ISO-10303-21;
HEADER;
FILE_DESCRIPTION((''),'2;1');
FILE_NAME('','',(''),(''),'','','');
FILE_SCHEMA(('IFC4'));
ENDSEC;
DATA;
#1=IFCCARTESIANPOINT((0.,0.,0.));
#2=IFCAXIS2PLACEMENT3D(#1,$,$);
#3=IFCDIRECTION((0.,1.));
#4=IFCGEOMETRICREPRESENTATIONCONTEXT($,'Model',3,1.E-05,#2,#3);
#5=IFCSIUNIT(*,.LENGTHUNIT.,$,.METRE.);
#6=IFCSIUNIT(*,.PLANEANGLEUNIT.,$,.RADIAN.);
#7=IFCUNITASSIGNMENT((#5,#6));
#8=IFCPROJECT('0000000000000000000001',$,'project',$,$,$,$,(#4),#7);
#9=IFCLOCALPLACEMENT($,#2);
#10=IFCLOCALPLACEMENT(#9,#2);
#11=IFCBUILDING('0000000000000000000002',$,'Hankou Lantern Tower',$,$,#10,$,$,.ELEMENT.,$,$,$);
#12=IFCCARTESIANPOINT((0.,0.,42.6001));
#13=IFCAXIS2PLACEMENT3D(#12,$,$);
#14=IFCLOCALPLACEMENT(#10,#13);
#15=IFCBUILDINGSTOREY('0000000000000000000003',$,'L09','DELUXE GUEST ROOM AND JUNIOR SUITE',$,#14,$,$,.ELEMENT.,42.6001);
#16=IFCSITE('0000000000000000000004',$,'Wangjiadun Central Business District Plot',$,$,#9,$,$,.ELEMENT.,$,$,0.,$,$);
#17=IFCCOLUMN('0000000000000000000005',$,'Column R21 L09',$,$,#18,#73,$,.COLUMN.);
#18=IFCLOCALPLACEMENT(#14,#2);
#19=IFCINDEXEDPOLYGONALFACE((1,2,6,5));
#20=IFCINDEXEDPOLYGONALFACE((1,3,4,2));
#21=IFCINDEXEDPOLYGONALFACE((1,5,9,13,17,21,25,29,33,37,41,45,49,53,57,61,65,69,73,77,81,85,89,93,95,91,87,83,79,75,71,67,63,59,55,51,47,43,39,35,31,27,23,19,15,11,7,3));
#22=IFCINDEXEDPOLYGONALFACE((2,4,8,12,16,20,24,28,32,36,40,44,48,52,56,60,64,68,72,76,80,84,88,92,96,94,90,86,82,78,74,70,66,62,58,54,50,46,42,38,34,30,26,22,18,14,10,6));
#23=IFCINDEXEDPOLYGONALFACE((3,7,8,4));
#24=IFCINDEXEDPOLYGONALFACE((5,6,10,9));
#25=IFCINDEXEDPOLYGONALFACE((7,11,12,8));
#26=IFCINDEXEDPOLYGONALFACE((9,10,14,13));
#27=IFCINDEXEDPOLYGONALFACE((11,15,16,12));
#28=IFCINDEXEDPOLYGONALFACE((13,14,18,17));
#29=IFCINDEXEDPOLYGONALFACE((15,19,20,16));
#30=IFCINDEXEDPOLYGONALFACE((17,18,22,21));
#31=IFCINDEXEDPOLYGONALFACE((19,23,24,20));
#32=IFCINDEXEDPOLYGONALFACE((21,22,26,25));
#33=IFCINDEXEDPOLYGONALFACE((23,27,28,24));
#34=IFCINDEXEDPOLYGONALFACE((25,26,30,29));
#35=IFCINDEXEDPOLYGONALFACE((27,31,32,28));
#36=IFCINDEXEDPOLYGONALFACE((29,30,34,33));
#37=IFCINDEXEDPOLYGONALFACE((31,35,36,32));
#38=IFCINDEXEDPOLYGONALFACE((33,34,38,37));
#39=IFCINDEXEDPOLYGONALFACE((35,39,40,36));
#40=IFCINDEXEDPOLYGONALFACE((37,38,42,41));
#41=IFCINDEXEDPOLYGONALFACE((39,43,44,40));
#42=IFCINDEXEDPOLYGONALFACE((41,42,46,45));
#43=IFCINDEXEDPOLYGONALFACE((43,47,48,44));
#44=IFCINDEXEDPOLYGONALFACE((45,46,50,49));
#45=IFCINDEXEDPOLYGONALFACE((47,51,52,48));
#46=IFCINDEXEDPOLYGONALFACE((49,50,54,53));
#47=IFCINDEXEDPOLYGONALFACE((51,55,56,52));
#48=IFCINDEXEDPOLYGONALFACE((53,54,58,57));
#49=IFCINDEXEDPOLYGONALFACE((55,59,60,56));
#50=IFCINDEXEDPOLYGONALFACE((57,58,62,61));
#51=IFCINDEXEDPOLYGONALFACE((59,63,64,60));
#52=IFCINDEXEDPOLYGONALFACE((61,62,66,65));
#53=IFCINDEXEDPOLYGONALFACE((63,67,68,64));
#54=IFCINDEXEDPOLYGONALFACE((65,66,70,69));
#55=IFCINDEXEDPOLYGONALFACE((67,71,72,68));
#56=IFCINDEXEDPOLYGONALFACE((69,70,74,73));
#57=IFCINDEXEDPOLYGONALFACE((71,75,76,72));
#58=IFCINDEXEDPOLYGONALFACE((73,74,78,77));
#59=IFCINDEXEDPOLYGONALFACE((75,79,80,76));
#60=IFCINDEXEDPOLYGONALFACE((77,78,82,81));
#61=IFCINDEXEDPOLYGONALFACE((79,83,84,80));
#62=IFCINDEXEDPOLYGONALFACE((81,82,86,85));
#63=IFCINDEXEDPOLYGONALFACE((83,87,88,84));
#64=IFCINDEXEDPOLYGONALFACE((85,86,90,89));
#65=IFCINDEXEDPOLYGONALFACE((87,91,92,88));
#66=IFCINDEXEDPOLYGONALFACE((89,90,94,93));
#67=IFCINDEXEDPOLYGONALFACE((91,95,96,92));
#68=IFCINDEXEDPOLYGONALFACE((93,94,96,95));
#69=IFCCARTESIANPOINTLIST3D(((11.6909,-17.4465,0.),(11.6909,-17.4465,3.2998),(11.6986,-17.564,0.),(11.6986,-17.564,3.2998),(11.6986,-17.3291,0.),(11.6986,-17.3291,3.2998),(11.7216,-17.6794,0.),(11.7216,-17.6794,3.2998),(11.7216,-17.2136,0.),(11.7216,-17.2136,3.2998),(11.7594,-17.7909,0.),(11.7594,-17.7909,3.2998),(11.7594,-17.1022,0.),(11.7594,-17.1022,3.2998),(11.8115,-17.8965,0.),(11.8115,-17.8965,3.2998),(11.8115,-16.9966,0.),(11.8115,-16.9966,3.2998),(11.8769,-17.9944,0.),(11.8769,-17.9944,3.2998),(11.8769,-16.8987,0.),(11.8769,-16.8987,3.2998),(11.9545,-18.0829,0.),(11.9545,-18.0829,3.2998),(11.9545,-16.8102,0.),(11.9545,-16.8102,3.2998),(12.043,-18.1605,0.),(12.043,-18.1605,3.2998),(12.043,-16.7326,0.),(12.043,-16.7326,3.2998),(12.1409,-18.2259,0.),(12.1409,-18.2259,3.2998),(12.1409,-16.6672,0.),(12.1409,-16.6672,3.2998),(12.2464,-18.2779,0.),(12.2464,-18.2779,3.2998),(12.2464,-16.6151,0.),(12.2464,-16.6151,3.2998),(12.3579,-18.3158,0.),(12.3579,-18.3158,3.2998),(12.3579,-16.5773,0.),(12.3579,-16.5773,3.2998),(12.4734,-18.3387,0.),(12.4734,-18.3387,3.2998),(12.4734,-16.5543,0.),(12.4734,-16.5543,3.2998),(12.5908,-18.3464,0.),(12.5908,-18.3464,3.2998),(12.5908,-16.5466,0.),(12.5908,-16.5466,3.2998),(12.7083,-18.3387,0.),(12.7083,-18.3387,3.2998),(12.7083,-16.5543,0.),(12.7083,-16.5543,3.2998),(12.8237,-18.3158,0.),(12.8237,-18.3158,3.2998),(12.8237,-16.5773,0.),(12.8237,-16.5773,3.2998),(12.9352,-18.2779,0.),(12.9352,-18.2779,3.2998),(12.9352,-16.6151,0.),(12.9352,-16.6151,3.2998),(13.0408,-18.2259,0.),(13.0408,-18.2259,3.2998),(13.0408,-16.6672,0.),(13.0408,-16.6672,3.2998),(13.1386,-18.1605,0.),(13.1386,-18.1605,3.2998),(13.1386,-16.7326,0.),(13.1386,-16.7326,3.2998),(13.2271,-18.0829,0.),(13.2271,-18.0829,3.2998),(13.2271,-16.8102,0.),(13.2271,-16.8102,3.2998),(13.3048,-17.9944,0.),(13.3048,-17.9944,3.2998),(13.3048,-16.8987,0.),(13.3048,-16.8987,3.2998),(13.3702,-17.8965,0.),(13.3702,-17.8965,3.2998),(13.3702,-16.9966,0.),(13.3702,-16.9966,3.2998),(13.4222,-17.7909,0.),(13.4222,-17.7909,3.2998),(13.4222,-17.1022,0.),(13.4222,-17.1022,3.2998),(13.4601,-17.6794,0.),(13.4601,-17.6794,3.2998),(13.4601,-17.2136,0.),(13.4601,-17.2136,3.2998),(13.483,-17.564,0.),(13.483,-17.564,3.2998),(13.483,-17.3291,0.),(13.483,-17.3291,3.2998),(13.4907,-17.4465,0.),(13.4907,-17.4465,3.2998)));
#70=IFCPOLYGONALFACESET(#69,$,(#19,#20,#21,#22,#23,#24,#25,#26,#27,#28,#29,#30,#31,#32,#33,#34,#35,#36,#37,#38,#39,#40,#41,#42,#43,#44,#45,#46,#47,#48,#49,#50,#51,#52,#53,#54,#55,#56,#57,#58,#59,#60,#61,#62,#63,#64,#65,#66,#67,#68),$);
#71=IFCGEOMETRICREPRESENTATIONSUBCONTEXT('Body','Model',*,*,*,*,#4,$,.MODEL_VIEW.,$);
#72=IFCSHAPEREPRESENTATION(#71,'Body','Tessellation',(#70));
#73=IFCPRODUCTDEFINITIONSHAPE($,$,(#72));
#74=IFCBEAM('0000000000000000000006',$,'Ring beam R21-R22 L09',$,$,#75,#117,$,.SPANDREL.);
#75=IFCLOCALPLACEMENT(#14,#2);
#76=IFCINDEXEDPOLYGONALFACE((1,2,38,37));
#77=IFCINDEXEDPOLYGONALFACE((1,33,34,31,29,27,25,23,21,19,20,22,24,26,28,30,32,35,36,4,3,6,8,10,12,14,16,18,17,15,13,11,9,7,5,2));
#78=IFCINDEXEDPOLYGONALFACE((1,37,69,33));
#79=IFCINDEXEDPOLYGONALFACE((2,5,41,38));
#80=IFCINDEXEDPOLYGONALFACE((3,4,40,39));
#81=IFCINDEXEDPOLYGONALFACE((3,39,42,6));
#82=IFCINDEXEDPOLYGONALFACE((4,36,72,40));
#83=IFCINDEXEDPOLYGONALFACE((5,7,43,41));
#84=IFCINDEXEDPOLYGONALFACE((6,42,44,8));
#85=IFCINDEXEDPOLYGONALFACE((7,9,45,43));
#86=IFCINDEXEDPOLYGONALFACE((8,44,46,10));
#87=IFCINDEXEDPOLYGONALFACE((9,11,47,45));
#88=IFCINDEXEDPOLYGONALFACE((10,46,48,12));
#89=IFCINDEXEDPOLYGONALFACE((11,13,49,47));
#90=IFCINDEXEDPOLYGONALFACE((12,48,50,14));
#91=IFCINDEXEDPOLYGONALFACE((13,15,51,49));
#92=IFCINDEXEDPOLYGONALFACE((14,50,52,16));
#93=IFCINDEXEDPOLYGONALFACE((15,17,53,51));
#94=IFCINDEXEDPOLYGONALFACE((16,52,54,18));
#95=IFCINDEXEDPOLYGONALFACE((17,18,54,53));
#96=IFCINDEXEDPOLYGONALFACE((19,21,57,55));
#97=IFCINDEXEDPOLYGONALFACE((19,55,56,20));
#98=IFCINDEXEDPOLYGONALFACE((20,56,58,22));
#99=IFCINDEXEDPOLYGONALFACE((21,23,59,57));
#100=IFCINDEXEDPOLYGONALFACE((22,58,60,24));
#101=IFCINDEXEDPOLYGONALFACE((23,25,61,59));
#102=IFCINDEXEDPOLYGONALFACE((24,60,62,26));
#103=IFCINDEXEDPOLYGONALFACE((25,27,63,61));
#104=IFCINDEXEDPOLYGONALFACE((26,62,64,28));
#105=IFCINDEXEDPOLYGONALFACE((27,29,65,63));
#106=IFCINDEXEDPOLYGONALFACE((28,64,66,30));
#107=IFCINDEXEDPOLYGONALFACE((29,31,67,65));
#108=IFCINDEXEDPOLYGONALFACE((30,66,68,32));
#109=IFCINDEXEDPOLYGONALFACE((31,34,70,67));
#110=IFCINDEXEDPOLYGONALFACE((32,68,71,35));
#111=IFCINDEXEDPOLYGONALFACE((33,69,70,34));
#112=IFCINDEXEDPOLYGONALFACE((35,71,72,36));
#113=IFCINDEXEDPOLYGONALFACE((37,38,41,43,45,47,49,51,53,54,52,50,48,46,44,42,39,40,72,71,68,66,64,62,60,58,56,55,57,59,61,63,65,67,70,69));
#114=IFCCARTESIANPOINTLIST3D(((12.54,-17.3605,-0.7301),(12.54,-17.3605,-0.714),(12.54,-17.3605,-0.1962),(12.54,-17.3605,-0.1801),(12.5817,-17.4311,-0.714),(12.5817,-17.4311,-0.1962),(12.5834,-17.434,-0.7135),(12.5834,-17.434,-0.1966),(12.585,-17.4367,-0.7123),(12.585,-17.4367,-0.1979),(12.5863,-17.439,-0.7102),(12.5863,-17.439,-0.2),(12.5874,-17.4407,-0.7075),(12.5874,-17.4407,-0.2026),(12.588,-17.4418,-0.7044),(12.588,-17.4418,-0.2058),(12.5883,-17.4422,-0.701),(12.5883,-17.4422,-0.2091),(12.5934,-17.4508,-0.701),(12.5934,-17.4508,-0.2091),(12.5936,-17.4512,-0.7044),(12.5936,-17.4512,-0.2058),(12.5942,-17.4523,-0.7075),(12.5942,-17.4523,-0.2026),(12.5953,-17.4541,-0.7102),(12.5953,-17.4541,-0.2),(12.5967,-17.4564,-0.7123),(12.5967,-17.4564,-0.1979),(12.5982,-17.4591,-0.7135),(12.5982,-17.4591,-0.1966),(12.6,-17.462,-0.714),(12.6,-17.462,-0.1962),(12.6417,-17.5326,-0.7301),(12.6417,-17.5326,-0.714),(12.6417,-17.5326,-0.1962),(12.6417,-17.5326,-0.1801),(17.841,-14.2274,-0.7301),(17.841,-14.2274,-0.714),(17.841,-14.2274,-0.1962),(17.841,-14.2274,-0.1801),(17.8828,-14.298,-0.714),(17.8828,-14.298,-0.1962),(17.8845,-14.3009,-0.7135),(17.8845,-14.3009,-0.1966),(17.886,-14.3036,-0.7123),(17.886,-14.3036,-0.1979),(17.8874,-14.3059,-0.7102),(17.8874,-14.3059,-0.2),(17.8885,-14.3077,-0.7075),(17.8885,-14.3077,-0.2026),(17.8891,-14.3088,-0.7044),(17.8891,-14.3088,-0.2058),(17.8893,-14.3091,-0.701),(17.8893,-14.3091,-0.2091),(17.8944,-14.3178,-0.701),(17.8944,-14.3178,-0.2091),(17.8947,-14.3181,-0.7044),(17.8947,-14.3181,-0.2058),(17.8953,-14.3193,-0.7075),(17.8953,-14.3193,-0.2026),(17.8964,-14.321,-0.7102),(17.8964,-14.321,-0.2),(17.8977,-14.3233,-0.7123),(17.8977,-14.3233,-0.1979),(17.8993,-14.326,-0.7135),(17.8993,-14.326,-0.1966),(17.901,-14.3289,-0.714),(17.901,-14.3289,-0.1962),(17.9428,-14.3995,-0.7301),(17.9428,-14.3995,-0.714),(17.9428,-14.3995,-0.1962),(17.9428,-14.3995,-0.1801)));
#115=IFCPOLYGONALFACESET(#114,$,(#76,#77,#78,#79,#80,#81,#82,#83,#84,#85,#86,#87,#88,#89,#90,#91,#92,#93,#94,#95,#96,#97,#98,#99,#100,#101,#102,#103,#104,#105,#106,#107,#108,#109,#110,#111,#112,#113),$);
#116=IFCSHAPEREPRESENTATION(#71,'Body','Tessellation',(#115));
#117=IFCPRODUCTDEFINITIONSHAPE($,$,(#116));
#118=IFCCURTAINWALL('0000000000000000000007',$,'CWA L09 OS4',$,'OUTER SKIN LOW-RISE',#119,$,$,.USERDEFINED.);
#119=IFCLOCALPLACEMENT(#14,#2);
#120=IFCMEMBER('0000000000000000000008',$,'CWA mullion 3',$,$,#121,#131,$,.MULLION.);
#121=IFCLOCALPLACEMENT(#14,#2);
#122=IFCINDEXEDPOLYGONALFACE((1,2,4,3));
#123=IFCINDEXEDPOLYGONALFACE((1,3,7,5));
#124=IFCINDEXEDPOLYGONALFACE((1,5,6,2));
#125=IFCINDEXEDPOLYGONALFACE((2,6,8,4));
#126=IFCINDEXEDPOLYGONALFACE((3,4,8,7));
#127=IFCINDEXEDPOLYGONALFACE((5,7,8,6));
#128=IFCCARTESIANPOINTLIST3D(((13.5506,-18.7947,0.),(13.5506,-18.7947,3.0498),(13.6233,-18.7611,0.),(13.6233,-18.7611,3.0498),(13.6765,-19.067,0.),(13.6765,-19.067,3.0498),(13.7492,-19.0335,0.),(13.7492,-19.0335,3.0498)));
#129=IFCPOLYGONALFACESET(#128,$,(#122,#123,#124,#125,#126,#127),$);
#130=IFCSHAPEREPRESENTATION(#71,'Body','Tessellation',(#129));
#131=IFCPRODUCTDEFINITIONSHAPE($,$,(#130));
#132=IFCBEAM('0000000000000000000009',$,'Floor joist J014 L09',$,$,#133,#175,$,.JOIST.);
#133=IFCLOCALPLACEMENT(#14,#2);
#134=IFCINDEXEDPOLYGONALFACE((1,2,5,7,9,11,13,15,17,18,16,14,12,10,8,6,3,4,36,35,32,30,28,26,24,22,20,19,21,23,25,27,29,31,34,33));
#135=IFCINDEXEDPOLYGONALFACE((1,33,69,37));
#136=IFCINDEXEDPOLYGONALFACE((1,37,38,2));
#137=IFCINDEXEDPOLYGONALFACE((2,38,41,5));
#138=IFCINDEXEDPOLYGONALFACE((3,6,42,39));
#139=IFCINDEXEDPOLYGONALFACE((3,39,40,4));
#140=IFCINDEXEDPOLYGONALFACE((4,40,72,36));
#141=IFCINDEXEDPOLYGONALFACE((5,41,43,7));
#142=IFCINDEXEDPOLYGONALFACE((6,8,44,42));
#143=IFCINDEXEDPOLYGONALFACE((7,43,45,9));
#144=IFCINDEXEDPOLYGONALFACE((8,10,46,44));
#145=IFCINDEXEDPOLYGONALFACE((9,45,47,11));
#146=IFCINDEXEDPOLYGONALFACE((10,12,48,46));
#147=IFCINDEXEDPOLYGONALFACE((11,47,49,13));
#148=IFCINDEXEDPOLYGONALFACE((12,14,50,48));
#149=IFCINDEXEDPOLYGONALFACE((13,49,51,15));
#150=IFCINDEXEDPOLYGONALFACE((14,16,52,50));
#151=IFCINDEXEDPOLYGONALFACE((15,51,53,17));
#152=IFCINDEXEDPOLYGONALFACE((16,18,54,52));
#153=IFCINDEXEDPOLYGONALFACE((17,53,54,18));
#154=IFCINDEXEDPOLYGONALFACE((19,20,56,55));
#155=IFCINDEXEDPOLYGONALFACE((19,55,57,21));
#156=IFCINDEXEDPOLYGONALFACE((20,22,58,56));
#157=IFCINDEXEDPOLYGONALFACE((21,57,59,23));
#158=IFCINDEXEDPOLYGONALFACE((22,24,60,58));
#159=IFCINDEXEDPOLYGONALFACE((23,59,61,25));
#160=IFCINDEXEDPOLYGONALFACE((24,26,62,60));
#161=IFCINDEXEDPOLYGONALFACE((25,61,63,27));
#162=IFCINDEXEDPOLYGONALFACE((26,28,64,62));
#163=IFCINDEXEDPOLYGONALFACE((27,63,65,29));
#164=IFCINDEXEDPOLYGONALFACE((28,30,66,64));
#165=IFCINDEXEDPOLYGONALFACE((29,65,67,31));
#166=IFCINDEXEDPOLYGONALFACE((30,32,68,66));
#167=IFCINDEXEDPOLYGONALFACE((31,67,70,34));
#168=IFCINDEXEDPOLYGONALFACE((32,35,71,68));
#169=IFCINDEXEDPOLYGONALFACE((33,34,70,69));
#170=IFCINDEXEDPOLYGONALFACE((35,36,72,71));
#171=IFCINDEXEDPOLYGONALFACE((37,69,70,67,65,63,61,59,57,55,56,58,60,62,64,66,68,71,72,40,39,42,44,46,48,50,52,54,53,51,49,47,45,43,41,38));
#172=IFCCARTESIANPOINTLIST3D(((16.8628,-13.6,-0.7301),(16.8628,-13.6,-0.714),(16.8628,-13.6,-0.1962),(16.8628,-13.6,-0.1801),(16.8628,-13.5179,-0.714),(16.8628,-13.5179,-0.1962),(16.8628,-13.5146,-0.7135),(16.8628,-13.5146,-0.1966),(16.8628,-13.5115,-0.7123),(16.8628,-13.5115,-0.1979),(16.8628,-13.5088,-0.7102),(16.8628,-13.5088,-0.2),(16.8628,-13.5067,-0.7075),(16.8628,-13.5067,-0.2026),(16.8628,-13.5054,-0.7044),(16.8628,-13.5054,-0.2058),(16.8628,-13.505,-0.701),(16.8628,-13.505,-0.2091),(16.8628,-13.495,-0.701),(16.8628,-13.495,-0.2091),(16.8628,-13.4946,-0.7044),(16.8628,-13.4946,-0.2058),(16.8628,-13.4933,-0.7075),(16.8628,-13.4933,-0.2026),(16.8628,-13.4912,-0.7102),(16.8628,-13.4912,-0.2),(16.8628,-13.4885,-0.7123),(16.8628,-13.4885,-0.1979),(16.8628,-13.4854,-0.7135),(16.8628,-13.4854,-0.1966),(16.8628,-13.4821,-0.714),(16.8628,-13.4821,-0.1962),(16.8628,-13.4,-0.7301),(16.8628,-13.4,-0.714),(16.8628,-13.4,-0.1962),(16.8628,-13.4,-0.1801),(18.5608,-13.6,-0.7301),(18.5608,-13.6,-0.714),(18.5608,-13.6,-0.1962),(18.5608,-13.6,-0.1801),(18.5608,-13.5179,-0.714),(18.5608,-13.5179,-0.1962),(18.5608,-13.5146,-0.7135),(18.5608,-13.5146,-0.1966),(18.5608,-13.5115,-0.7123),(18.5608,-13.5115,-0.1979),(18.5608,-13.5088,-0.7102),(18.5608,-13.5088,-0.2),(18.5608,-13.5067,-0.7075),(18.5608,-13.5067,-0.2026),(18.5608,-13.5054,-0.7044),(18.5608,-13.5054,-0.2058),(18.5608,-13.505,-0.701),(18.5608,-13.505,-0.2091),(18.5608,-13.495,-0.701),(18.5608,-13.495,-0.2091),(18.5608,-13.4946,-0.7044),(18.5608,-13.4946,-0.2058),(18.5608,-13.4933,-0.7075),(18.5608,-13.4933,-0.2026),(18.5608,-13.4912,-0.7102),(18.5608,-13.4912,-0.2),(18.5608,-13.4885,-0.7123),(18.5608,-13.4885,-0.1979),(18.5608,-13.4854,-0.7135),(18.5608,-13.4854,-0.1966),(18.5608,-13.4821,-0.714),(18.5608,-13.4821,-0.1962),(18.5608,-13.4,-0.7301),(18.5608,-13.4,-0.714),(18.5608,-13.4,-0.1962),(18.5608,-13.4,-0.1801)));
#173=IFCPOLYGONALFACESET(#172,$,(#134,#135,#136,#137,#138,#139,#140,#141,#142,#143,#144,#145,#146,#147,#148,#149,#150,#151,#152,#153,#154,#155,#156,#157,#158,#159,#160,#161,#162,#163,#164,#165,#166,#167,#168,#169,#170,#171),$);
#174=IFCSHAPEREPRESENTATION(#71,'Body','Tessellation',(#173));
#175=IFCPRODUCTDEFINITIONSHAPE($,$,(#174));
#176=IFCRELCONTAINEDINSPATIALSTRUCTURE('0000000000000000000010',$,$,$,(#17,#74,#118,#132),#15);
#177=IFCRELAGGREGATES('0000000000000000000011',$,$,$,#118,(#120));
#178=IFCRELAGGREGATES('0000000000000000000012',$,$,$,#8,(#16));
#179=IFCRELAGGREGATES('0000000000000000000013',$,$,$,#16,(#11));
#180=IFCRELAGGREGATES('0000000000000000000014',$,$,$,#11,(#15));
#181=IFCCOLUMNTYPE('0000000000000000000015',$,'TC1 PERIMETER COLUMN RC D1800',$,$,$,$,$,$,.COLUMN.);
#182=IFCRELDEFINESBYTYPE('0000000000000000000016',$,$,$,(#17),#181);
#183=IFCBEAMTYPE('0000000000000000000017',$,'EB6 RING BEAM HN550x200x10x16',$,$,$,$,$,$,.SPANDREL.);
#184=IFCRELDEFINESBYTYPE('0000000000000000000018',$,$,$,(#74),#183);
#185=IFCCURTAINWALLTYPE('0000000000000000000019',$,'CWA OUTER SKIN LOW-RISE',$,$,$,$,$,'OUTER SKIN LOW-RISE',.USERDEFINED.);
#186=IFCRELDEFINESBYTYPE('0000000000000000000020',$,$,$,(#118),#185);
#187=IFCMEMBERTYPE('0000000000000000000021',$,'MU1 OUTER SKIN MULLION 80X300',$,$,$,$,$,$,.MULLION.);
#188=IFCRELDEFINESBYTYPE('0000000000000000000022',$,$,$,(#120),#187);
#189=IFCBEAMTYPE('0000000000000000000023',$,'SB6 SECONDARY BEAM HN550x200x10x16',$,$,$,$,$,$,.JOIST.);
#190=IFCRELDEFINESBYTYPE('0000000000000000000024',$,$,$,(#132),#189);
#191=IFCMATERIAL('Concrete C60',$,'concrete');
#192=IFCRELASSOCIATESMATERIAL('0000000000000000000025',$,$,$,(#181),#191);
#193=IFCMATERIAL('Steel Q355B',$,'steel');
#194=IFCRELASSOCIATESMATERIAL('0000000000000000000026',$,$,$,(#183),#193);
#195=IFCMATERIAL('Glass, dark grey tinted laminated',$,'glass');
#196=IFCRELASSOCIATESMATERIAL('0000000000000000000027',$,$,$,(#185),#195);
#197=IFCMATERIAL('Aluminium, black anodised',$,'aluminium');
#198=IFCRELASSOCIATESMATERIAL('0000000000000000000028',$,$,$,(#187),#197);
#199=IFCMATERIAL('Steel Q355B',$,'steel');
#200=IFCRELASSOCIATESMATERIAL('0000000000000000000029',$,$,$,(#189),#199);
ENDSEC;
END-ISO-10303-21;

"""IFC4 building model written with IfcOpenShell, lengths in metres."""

from ifc_helpers import new_model, si_unit, direction, frame, origin, origin_2d, place, context, subcontext, project, spatial, rectangle, circle, i_section, extrude, material, material_profile, profile_set, type_object, element, aggregate, save


model = new_model("IFC4")

# Units and contexts
model_context = context("Model", 3, precision=1e-05, world=origin(), true_north=direction((0.0, 1.0)))
body_context = subcontext(model_context, "Body", "Model", "MODEL_VIEW")
ifc_project = project(units=[si_unit("LENGTHUNIT", "METRE"), si_unit("PLANEANGLEUNIT", "RADIAN")], contexts=[model_context])

# Site, building, storey
site_placement = place(None, origin())
site = spatial("IfcSite", under=ifc_project, at=site_placement, Name="Wangjiadun Central Business District Plot", CompositionType="ELEMENT", RefElevation=0.0)
building_placement = place(site_placement, origin())
building = spatial("IfcBuilding", under=site, at=building_placement, Name="Hankou Lantern Tower", CompositionType="ELEMENT")
storey_placement = place(building_placement, frame((0.0, 0.0, 42.6001)))
storey = spatial("IfcBuildingStorey", under=building, at=storey_placement, Name="L09", Description="DELUXE GUEST ROOM AND JUNIOR SUITE", CompositionType="ELEMENT", Elevation=42.6001)

# Column
ifc_material_1 = material(Name="Concrete C60", Category="concrete")
ifc_material_profile_1 = material_profile(ifc_material_1, circle(Radius=0.8999, at=origin_2d()), Name="RC D1800")
ifc_profile_set_1 = profile_set([ifc_material_profile_1], Name="Concrete C60")
column_type = type_object("IfcColumnType", Name="TC1 PERIMETER COLUMN RC D1800", PredefinedType="COLUMN", material=ifc_profile_set_1)
column_placement = place(storey_placement, frame((12.5908, -17.4465, 0.0), z_axis=(0.0, 0.0, 1.0), x_axis=(1.0, 0.0, 0.0)))
element("IfcColumn", 1, at=column_placement, inside=storey, type_object=column_type, Name="Column R21 L09", PredefinedType="COLUMN", context=body_context, shape_type="SweptSolid", body=[
    extrude(circle(Radius=0.8999, at=origin_2d()), origin(), (0.0, 0.0, 1.0), 3.2998),
])

# Beam
ifc_material_2 = material(Name="Steel Q355B", Category="steel")
ifc_material_profile_2 = material_profile(ifc_material_2, i_section(OverallWidth=0.2, OverallDepth=0.55, WebThickness=0.01, FlangeThickness=0.0161, FilletRadius=0.0129, at=origin_2d()), Name="HN550x200x10x16")
ifc_profile_set_2 = profile_set([ifc_material_profile_2], Name="Steel Q355B")
beam_type_1 = type_object("IfcBeamType", Name="EB6 RING BEAM HN550x200x10x16", PredefinedType="SPANDREL", material=ifc_profile_set_2)
beam_1_placement = place(storey_placement, frame((12.5908, -17.4465, -0.4551), z_axis=(0.860882, 0.508805, 0.0), x_axis=(-0.508805, 0.860882, 0.0)))
element("IfcBeam", 2, at=beam_1_placement, inside=storey, type_object=beam_type_1, Name="Ring beam R21-R22 L09", PredefinedType="SPANDREL", context=body_context, shape_type="SweptSolid", body=[
    extrude(i_section(OverallWidth=0.2, OverallDepth=0.55, WebThickness=0.01, FlangeThickness=0.0161, FilletRadius=0.0129, at=origin_2d()), origin(), (0.0, 0.0, 1.0), 6.1577),
])

# Curtain wall, member
ifc_material_3 = material(Name="Glass, dark grey tinted laminated", Category="glass")
curtain_wall_type = type_object("IfcCurtainWallType", Name="CWA OUTER SKIN LOW-RISE", ElementType="OUTER SKIN LOW-RISE", PredefinedType="USERDEFINED", material=ifc_material_3)
curtain_wall_placement = place(storey_placement, origin())
curtain_wall = element("IfcCurtainWall", 3, at=curtain_wall_placement, inside=storey, type_object=curtain_wall_type, Name="CWA L09 OS4", ObjectType="OUTER SKIN LOW-RISE", PredefinedType="USERDEFINED")
ifc_material_4 = material(Name="Aluminium, black anodised", Category="aluminium")
ifc_material_profile_3 = material_profile(ifc_material_4, rectangle(XDim=0.0801, YDim=0.3, at=origin_2d()), Name="MU1 80X300")
ifc_profile_set_3 = profile_set([ifc_material_profile_3], Name="Aluminium, black anodised")
member_type_1 = type_object("IfcMemberType", Name="MU1 OUTER SKIN MULLION 80X300", PredefinedType="MULLION", material=ifc_profile_set_3)
member_1_placement = place(storey_placement, frame((13.6499, -18.9141, 0.0), z_axis=(0.0, 0.0, 1.0), x_axis=(0.907841, 0.419314, 0.0)))
member_1 = element("IfcMember", 4, at=member_1_placement, type_object=member_type_1, Name="CWA mullion 3", PredefinedType="MULLION", context=body_context, shape_type="SweptSolid", body=[
    extrude(rectangle(XDim=0.0801, YDim=0.3, at=origin_2d()), origin(), (0.0, 0.0, 1.0), 3.0498),
])

# Beam
ifc_material_5 = material(Name="Steel Q355B", Category="steel")
ifc_material_profile_4 = material_profile(ifc_material_5, i_section(OverallWidth=0.2, OverallDepth=0.55, WebThickness=0.01, FlangeThickness=0.0161, FilletRadius=0.0129, at=origin_2d()), Name="HN550x200x10x16")
ifc_profile_set_4 = profile_set([ifc_material_profile_4], Name="Steel Q355B")
beam_type_2 = type_object("IfcBeamType", Name="SB6 SECONDARY BEAM HN550x200x10x16", PredefinedType="JOIST", material=ifc_profile_set_4)
beam_2_placement = place(storey_placement, frame((16.8628, -13.5, -0.4551), z_axis=(1.0, 0.0, 0.0), x_axis=(0.0, 1.0, 0.0)))
element("IfcBeam", 5, at=beam_2_placement, inside=storey, type_object=beam_type_2, Name="Floor joist J014 L09", PredefinedType="JOIST", context=body_context, shape_type="SweptSolid", body=[
    extrude(i_section(OverallWidth=0.2, OverallDepth=0.55, WebThickness=0.01, FlangeThickness=0.0161, FilletRadius=0.0129, at=origin_2d()), origin(), (0.0, 0.0, 1.0), 1.698),
])

aggregate(curtain_wall, [member_1])

save(model, "model.ifc")
